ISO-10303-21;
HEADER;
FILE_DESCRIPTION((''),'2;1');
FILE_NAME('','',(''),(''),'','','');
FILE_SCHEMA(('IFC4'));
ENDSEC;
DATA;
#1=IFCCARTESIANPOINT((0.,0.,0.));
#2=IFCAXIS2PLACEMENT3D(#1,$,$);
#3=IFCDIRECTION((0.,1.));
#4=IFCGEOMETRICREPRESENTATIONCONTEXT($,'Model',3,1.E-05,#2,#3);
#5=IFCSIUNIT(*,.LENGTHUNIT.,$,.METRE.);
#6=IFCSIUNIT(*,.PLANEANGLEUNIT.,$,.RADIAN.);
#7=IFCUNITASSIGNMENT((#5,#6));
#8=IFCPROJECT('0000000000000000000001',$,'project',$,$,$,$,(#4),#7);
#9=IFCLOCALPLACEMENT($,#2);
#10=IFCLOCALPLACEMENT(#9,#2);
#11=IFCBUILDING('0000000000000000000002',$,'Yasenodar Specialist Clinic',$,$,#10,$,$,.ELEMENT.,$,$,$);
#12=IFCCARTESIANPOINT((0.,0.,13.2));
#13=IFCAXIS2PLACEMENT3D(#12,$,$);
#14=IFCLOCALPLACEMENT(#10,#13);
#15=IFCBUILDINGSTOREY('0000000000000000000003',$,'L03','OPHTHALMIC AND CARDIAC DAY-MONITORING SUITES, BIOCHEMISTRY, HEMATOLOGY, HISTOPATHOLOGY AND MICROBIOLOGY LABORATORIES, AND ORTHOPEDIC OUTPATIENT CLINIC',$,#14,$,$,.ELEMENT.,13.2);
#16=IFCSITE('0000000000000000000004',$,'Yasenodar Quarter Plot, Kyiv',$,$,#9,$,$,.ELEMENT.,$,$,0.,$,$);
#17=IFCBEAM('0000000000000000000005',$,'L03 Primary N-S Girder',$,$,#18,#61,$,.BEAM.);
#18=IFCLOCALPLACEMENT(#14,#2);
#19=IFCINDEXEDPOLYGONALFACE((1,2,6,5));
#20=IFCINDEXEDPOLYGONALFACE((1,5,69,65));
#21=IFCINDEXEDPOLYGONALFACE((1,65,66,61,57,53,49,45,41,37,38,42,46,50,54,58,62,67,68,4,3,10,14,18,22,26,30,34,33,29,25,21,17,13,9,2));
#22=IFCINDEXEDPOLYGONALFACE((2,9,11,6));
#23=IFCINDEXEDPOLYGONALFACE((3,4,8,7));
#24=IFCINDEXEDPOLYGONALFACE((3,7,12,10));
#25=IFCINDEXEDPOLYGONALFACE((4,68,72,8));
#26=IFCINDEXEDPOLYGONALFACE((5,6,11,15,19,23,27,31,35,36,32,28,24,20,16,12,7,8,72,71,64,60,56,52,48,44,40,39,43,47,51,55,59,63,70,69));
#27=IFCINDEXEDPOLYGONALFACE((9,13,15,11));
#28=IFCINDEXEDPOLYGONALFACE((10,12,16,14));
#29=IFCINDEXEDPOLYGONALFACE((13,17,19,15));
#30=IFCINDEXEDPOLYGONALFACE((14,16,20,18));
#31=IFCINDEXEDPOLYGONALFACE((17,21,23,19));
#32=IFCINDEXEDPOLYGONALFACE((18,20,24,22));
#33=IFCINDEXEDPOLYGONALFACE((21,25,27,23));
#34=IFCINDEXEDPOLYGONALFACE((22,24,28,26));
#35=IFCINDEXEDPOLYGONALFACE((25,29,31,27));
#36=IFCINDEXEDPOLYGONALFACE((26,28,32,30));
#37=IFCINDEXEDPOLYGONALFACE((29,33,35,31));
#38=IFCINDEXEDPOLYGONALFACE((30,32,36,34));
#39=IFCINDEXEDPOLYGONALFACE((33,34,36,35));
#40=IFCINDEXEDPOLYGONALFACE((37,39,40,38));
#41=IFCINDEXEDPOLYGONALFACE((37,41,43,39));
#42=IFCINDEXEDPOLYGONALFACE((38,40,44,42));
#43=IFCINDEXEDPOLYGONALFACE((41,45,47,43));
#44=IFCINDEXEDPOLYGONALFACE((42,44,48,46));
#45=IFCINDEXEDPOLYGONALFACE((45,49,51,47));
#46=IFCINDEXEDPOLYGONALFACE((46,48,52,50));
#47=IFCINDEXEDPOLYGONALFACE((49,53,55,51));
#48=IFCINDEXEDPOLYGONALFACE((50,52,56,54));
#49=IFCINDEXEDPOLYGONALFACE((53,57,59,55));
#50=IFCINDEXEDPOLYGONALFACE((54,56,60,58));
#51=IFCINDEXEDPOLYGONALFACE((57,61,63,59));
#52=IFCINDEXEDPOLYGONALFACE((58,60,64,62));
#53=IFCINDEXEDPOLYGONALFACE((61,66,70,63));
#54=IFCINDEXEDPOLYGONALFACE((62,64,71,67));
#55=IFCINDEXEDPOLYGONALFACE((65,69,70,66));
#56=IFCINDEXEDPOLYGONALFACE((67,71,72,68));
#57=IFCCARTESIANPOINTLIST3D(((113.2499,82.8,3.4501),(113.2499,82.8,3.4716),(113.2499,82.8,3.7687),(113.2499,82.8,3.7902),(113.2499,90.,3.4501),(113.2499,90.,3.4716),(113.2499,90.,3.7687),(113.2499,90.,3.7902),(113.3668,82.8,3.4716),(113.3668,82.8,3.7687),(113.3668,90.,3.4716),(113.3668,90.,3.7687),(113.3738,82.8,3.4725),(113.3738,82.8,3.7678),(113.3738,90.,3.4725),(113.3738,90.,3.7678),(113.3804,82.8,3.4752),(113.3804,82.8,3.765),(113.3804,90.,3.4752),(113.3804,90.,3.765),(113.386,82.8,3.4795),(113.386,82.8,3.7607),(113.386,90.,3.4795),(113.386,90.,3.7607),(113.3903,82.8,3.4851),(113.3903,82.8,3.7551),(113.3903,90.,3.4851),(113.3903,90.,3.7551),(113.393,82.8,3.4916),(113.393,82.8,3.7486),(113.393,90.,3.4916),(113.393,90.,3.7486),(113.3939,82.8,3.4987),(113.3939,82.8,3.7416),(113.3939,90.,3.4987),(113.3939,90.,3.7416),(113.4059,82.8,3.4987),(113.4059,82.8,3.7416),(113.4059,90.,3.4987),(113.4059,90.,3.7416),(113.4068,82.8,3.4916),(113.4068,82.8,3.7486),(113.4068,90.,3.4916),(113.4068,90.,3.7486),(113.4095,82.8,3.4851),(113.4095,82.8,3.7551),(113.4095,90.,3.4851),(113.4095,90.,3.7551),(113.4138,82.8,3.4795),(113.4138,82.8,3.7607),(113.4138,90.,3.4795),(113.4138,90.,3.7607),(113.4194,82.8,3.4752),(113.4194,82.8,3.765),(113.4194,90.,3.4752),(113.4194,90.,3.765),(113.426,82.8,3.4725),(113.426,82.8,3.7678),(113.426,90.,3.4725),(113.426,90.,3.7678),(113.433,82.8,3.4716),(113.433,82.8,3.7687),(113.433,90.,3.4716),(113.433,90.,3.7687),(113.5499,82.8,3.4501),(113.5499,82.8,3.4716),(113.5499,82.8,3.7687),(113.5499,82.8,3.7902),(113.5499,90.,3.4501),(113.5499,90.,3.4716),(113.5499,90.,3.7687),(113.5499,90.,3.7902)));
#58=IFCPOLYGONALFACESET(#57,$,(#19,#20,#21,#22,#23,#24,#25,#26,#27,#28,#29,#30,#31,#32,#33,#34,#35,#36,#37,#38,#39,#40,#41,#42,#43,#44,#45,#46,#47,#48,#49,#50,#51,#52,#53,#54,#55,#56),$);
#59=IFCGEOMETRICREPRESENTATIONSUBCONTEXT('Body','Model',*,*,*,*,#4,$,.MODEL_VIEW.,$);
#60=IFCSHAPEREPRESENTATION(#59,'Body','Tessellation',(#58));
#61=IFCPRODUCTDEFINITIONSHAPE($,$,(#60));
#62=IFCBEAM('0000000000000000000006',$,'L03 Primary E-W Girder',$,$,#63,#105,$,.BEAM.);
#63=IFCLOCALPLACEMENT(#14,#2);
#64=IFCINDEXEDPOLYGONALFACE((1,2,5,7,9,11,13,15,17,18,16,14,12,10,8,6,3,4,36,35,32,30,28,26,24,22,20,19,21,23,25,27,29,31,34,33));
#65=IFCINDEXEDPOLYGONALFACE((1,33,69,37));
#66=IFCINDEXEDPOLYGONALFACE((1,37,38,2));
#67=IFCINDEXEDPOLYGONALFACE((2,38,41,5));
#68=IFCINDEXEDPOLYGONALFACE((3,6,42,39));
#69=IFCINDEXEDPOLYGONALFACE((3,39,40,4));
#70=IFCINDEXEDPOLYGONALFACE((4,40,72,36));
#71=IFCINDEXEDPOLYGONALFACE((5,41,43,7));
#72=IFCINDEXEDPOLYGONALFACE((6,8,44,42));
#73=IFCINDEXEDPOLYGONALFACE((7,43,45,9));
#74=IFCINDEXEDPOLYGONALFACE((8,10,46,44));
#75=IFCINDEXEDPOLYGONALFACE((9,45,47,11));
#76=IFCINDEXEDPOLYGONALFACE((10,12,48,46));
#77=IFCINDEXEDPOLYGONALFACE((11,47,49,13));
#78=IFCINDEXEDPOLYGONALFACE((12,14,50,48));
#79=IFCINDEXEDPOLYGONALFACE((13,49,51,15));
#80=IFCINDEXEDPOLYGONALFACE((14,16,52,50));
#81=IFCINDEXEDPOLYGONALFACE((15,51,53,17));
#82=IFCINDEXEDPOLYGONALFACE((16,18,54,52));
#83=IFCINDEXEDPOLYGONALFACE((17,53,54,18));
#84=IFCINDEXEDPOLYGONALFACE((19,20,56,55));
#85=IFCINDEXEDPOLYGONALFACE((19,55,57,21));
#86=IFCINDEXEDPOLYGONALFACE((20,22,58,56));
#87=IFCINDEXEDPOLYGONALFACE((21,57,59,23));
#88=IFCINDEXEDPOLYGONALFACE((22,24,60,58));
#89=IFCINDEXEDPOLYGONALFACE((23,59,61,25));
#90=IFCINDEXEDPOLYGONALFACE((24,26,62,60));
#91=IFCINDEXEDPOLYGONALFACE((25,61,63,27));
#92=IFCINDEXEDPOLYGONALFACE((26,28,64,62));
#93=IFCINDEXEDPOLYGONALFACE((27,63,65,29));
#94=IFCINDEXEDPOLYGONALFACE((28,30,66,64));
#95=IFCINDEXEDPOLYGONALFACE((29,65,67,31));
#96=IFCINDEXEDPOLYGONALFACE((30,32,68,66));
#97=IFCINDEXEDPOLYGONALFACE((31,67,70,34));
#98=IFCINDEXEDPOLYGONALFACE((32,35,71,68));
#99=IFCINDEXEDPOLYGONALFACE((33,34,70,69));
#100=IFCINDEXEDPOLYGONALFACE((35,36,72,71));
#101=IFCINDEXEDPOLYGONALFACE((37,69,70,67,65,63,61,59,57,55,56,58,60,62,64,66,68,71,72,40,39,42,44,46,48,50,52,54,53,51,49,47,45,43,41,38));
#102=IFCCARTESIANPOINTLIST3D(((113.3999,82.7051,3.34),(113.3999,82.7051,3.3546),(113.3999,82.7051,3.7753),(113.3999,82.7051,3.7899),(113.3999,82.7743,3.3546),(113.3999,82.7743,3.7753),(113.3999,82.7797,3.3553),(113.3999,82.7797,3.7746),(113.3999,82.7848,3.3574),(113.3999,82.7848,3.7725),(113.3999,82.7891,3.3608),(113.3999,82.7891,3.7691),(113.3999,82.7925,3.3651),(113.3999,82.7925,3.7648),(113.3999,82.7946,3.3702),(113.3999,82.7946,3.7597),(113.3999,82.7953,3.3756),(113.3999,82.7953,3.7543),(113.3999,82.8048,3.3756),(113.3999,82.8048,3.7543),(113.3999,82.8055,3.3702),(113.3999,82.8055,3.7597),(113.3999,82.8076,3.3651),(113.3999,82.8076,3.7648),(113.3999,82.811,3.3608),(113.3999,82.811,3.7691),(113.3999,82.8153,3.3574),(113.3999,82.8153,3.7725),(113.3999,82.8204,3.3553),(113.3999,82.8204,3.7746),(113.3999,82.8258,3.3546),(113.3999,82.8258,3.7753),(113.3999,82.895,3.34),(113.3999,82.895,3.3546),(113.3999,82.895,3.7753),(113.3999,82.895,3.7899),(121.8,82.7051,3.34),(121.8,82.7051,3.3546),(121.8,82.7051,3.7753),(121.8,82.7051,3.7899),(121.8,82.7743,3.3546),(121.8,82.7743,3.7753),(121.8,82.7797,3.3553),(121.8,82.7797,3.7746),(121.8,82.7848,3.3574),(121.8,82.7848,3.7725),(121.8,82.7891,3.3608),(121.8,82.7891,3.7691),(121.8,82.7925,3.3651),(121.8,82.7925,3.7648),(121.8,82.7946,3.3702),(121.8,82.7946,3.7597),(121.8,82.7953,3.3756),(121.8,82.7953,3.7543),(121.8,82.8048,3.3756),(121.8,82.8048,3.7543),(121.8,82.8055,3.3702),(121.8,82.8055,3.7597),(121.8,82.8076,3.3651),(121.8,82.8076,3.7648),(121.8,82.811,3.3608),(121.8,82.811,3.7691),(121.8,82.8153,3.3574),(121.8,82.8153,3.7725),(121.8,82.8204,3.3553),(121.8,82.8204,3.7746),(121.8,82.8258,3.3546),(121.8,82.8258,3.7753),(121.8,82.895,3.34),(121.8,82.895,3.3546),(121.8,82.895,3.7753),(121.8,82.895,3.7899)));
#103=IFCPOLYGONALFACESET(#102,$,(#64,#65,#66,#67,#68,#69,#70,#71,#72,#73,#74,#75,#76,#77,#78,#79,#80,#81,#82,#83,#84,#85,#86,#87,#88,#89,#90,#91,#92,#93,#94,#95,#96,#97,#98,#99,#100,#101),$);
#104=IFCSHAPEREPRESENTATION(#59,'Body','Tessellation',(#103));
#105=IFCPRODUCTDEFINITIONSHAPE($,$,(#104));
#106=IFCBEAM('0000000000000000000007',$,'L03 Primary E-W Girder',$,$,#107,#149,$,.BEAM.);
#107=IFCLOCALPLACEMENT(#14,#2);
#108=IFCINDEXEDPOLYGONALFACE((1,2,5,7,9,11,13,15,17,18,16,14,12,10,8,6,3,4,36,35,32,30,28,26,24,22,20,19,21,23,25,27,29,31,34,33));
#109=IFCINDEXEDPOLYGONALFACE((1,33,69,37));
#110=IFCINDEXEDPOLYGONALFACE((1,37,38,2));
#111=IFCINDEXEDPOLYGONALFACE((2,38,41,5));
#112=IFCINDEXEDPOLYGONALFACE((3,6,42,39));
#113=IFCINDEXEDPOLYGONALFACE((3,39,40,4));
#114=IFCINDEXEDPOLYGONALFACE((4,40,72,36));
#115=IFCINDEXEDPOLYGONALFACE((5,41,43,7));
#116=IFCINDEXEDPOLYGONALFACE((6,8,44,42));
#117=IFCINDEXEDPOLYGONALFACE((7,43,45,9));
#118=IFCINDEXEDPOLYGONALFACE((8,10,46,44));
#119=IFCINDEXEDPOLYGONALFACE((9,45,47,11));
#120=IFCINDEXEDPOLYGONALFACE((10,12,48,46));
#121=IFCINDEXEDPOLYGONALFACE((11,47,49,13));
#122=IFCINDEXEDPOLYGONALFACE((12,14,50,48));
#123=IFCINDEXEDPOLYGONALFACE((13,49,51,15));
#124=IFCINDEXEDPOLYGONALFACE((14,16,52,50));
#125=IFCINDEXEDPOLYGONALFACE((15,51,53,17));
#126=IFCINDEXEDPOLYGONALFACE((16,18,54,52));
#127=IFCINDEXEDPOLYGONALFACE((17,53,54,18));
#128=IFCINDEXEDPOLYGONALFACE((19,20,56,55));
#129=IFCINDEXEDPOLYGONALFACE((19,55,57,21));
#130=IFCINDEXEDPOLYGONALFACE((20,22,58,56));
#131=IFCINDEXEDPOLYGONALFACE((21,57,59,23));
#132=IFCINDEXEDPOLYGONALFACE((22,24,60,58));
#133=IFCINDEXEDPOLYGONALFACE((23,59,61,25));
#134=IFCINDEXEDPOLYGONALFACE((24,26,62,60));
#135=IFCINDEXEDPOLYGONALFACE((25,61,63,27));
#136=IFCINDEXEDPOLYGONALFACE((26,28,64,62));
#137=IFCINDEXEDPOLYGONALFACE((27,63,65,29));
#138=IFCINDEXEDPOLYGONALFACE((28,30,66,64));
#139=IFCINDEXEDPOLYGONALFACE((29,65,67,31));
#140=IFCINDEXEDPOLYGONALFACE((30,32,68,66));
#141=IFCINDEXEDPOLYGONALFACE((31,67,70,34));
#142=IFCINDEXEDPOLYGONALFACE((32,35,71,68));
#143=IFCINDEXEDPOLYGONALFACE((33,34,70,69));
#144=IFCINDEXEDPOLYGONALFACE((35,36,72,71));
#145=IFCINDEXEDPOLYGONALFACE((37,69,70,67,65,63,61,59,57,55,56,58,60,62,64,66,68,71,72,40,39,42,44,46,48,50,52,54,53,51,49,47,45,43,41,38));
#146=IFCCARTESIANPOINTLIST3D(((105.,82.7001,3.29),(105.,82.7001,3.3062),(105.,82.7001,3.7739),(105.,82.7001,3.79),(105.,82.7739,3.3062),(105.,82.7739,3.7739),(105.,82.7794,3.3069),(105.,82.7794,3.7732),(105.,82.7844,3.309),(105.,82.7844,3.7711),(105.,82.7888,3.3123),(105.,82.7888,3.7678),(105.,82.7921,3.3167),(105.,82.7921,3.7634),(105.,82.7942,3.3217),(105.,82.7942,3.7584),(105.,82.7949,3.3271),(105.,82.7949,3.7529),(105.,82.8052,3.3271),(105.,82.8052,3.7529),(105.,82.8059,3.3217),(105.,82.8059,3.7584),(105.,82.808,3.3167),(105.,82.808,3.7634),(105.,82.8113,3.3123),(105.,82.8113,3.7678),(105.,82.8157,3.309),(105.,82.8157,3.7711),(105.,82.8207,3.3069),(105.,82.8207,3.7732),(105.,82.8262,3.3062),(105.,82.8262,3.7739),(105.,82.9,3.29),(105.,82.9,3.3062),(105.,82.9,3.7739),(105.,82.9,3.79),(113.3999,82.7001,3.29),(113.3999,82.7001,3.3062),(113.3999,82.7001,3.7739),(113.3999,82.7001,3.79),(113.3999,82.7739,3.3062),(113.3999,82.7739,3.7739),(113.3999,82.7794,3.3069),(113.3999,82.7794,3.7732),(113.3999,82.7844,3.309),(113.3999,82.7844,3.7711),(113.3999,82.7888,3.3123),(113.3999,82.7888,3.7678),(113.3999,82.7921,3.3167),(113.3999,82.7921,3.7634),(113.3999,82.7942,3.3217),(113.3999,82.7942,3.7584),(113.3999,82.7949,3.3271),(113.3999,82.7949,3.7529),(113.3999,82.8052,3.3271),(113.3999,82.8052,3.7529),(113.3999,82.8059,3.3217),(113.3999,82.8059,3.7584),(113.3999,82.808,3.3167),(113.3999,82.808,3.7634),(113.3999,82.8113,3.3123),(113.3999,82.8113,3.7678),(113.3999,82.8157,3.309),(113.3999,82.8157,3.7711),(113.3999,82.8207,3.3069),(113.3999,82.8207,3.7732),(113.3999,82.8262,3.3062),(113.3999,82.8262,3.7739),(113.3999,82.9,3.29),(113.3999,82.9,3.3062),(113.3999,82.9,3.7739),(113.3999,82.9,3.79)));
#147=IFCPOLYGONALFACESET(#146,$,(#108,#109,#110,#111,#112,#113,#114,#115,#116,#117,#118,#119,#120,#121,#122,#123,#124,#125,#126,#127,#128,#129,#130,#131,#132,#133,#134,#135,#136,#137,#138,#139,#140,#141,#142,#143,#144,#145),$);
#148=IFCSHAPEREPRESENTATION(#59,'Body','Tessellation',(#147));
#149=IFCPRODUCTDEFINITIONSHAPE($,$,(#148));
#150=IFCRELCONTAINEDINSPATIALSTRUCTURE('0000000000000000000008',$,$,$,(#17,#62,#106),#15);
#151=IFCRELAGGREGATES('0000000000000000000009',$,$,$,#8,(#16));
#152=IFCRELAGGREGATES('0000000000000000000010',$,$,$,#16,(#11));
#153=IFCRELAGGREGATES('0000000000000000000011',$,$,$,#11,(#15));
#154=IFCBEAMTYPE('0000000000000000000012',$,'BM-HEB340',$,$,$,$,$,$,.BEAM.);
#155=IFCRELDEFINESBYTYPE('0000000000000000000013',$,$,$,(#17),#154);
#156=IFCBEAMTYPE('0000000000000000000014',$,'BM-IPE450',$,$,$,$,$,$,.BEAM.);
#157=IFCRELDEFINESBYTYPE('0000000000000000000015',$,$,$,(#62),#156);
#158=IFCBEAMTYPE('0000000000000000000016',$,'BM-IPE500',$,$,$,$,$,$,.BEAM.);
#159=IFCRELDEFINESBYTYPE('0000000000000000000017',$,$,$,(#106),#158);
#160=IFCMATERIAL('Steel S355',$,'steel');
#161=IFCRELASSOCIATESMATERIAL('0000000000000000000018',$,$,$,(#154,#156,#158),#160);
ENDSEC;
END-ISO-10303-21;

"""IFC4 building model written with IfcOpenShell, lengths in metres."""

from ifc_helpers import new_model, si_unit, direction, frame, origin, origin_2d, place, context, subcontext, project, spatial, i_section, extrude, material, material_profile, profile_set, type_object, element, save


model = new_model("IFC4")

# Units and contexts
model_context = context("Model", 3, precision=1e-05, world=origin(), true_north=direction((0.0, 1.0)))
body_context = subcontext(model_context, "Body", "Model", "MODEL_VIEW")
ifc_project = project(units=[si_unit("LENGTHUNIT", "METRE"), si_unit("PLANEANGLEUNIT", "RADIAN")], contexts=[model_context])

# Site, building, storey
site_placement = place(None, origin())
site = spatial("IfcSite", under=ifc_project, at=site_placement, Name="Yasenodar Quarter Plot, Kyiv", CompositionType="ELEMENT", RefElevation=0.0)
building_placement = place(site_placement, origin())
building = spatial("IfcBuilding", under=site, at=building_placement, Name="Yasenodar Specialist Clinic", CompositionType="ELEMENT")
storey_placement = place(building_placement, frame((0.0, 0.0, 13.2)))
storey = spatial("IfcBuildingStorey", under=building, at=storey_placement, Name="L03", Description="OPHTHALMIC AND CARDIAC DAY-MONITORING SUITES, BIOCHEMISTRY, HEMATOLOGY, HISTOPATHOLOGY AND MICROBIOLOGY LABORATORIES, AND ORTHOPEDIC OUTPATIENT CLINIC", CompositionType="ELEMENT", Elevation=13.2)

# Shared definitions
ifc_material_1 = material(Name="Steel S355", Category="steel")

# Beams
ifc_material_profile_1 = material_profile(ifc_material_1, i_section(OverallWidth=0.3, OverallDepth=0.3401, WebThickness=0.012, FlangeThickness=0.0215, FilletRadius=0.0271, at=origin_2d()), Name="HEB 340")
ifc_profile_set_1 = profile_set([ifc_material_profile_1], Name="Steel S355")
beam_type_1 = type_object("IfcBeamType", Name="BM-HEB340", PredefinedType="BEAM", material=ifc_profile_set_1)
beam_1_placement = place(storey_placement, frame((113.3999, 82.8, 3.6201), z_axis=(0.0, 1.0, 0.0), x_axis=(-1.0, 0.0, 0.0)))
element("IfcBeam", 1, at=beam_1_placement, inside=storey, type_object=beam_type_1, Name="L03 Primary N-S Girder", PredefinedType="BEAM", context=body_context, shape_type="SweptSolid", body=[
    extrude(i_section(OverallWidth=0.3, OverallDepth=0.3401, WebThickness=0.012, FlangeThickness=0.0215, FilletRadius=0.0271, at=origin_2d()), origin(), (0.0, 0.0, 1.0), 7.2),
])
ifc_material_profile_2 = material_profile(ifc_material_1, i_section(OverallWidth=0.1899, OverallDepth=0.45, WebThickness=0.0095, FlangeThickness=0.0146, FilletRadius=0.021, at=origin_2d()), Name="IPE 450")
ifc_profile_set_2 = profile_set([ifc_material_profile_2], Name="Steel S355")
beam_type_2 = type_object("IfcBeamType", Name="BM-IPE450", PredefinedType="BEAM", material=ifc_profile_set_2)
beam_2_placement = place(storey_placement, frame((113.3999, 82.8, 3.5649), z_axis=(1.0, 0.0, 0.0), x_axis=(0.0, 1.0, 0.0)))
element("IfcBeam", 2, at=beam_2_placement, inside=storey, type_object=beam_type_2, Name="L03 Primary E-W Girder", PredefinedType="BEAM", context=body_context, shape_type="SweptSolid", body=[
    extrude(i_section(OverallWidth=0.1899, OverallDepth=0.45, WebThickness=0.0095, FlangeThickness=0.0146, FilletRadius=0.021, at=origin_2d()), origin(), (0.0, 0.0, 1.0), 8.4001),
])
ifc_material_profile_3 = material_profile(ifc_material_1, i_section(OverallWidth=0.2, OverallDepth=0.5, WebThickness=0.0103, FlangeThickness=0.0161, FilletRadius=0.021, at=origin_2d()), Name="IPE 500")
ifc_profile_set_3 = profile_set([ifc_material_profile_3], Name="Steel S355")
beam_type_3 = type_object("IfcBeamType", Name="BM-IPE500", PredefinedType="BEAM", material=ifc_profile_set_3)
beam_3_placement = place(storey_placement, frame((105.0, 82.8, 3.54), z_axis=(1.0, 0.0, 0.0), x_axis=(0.0, 1.0, 0.0)))
element("IfcBeam", 3, at=beam_3_placement, inside=storey, type_object=beam_type_3, Name="L03 Primary E-W Girder", PredefinedType="BEAM", context=body_context, shape_type="SweptSolid", body=[
    extrude(i_section(OverallWidth=0.2, OverallDepth=0.5, WebThickness=0.0103, FlangeThickness=0.0161, FilletRadius=0.021, at=origin_2d()), origin(), (0.0, 0.0, 1.0), 8.3999),
])

save(model, "model.ifc")
